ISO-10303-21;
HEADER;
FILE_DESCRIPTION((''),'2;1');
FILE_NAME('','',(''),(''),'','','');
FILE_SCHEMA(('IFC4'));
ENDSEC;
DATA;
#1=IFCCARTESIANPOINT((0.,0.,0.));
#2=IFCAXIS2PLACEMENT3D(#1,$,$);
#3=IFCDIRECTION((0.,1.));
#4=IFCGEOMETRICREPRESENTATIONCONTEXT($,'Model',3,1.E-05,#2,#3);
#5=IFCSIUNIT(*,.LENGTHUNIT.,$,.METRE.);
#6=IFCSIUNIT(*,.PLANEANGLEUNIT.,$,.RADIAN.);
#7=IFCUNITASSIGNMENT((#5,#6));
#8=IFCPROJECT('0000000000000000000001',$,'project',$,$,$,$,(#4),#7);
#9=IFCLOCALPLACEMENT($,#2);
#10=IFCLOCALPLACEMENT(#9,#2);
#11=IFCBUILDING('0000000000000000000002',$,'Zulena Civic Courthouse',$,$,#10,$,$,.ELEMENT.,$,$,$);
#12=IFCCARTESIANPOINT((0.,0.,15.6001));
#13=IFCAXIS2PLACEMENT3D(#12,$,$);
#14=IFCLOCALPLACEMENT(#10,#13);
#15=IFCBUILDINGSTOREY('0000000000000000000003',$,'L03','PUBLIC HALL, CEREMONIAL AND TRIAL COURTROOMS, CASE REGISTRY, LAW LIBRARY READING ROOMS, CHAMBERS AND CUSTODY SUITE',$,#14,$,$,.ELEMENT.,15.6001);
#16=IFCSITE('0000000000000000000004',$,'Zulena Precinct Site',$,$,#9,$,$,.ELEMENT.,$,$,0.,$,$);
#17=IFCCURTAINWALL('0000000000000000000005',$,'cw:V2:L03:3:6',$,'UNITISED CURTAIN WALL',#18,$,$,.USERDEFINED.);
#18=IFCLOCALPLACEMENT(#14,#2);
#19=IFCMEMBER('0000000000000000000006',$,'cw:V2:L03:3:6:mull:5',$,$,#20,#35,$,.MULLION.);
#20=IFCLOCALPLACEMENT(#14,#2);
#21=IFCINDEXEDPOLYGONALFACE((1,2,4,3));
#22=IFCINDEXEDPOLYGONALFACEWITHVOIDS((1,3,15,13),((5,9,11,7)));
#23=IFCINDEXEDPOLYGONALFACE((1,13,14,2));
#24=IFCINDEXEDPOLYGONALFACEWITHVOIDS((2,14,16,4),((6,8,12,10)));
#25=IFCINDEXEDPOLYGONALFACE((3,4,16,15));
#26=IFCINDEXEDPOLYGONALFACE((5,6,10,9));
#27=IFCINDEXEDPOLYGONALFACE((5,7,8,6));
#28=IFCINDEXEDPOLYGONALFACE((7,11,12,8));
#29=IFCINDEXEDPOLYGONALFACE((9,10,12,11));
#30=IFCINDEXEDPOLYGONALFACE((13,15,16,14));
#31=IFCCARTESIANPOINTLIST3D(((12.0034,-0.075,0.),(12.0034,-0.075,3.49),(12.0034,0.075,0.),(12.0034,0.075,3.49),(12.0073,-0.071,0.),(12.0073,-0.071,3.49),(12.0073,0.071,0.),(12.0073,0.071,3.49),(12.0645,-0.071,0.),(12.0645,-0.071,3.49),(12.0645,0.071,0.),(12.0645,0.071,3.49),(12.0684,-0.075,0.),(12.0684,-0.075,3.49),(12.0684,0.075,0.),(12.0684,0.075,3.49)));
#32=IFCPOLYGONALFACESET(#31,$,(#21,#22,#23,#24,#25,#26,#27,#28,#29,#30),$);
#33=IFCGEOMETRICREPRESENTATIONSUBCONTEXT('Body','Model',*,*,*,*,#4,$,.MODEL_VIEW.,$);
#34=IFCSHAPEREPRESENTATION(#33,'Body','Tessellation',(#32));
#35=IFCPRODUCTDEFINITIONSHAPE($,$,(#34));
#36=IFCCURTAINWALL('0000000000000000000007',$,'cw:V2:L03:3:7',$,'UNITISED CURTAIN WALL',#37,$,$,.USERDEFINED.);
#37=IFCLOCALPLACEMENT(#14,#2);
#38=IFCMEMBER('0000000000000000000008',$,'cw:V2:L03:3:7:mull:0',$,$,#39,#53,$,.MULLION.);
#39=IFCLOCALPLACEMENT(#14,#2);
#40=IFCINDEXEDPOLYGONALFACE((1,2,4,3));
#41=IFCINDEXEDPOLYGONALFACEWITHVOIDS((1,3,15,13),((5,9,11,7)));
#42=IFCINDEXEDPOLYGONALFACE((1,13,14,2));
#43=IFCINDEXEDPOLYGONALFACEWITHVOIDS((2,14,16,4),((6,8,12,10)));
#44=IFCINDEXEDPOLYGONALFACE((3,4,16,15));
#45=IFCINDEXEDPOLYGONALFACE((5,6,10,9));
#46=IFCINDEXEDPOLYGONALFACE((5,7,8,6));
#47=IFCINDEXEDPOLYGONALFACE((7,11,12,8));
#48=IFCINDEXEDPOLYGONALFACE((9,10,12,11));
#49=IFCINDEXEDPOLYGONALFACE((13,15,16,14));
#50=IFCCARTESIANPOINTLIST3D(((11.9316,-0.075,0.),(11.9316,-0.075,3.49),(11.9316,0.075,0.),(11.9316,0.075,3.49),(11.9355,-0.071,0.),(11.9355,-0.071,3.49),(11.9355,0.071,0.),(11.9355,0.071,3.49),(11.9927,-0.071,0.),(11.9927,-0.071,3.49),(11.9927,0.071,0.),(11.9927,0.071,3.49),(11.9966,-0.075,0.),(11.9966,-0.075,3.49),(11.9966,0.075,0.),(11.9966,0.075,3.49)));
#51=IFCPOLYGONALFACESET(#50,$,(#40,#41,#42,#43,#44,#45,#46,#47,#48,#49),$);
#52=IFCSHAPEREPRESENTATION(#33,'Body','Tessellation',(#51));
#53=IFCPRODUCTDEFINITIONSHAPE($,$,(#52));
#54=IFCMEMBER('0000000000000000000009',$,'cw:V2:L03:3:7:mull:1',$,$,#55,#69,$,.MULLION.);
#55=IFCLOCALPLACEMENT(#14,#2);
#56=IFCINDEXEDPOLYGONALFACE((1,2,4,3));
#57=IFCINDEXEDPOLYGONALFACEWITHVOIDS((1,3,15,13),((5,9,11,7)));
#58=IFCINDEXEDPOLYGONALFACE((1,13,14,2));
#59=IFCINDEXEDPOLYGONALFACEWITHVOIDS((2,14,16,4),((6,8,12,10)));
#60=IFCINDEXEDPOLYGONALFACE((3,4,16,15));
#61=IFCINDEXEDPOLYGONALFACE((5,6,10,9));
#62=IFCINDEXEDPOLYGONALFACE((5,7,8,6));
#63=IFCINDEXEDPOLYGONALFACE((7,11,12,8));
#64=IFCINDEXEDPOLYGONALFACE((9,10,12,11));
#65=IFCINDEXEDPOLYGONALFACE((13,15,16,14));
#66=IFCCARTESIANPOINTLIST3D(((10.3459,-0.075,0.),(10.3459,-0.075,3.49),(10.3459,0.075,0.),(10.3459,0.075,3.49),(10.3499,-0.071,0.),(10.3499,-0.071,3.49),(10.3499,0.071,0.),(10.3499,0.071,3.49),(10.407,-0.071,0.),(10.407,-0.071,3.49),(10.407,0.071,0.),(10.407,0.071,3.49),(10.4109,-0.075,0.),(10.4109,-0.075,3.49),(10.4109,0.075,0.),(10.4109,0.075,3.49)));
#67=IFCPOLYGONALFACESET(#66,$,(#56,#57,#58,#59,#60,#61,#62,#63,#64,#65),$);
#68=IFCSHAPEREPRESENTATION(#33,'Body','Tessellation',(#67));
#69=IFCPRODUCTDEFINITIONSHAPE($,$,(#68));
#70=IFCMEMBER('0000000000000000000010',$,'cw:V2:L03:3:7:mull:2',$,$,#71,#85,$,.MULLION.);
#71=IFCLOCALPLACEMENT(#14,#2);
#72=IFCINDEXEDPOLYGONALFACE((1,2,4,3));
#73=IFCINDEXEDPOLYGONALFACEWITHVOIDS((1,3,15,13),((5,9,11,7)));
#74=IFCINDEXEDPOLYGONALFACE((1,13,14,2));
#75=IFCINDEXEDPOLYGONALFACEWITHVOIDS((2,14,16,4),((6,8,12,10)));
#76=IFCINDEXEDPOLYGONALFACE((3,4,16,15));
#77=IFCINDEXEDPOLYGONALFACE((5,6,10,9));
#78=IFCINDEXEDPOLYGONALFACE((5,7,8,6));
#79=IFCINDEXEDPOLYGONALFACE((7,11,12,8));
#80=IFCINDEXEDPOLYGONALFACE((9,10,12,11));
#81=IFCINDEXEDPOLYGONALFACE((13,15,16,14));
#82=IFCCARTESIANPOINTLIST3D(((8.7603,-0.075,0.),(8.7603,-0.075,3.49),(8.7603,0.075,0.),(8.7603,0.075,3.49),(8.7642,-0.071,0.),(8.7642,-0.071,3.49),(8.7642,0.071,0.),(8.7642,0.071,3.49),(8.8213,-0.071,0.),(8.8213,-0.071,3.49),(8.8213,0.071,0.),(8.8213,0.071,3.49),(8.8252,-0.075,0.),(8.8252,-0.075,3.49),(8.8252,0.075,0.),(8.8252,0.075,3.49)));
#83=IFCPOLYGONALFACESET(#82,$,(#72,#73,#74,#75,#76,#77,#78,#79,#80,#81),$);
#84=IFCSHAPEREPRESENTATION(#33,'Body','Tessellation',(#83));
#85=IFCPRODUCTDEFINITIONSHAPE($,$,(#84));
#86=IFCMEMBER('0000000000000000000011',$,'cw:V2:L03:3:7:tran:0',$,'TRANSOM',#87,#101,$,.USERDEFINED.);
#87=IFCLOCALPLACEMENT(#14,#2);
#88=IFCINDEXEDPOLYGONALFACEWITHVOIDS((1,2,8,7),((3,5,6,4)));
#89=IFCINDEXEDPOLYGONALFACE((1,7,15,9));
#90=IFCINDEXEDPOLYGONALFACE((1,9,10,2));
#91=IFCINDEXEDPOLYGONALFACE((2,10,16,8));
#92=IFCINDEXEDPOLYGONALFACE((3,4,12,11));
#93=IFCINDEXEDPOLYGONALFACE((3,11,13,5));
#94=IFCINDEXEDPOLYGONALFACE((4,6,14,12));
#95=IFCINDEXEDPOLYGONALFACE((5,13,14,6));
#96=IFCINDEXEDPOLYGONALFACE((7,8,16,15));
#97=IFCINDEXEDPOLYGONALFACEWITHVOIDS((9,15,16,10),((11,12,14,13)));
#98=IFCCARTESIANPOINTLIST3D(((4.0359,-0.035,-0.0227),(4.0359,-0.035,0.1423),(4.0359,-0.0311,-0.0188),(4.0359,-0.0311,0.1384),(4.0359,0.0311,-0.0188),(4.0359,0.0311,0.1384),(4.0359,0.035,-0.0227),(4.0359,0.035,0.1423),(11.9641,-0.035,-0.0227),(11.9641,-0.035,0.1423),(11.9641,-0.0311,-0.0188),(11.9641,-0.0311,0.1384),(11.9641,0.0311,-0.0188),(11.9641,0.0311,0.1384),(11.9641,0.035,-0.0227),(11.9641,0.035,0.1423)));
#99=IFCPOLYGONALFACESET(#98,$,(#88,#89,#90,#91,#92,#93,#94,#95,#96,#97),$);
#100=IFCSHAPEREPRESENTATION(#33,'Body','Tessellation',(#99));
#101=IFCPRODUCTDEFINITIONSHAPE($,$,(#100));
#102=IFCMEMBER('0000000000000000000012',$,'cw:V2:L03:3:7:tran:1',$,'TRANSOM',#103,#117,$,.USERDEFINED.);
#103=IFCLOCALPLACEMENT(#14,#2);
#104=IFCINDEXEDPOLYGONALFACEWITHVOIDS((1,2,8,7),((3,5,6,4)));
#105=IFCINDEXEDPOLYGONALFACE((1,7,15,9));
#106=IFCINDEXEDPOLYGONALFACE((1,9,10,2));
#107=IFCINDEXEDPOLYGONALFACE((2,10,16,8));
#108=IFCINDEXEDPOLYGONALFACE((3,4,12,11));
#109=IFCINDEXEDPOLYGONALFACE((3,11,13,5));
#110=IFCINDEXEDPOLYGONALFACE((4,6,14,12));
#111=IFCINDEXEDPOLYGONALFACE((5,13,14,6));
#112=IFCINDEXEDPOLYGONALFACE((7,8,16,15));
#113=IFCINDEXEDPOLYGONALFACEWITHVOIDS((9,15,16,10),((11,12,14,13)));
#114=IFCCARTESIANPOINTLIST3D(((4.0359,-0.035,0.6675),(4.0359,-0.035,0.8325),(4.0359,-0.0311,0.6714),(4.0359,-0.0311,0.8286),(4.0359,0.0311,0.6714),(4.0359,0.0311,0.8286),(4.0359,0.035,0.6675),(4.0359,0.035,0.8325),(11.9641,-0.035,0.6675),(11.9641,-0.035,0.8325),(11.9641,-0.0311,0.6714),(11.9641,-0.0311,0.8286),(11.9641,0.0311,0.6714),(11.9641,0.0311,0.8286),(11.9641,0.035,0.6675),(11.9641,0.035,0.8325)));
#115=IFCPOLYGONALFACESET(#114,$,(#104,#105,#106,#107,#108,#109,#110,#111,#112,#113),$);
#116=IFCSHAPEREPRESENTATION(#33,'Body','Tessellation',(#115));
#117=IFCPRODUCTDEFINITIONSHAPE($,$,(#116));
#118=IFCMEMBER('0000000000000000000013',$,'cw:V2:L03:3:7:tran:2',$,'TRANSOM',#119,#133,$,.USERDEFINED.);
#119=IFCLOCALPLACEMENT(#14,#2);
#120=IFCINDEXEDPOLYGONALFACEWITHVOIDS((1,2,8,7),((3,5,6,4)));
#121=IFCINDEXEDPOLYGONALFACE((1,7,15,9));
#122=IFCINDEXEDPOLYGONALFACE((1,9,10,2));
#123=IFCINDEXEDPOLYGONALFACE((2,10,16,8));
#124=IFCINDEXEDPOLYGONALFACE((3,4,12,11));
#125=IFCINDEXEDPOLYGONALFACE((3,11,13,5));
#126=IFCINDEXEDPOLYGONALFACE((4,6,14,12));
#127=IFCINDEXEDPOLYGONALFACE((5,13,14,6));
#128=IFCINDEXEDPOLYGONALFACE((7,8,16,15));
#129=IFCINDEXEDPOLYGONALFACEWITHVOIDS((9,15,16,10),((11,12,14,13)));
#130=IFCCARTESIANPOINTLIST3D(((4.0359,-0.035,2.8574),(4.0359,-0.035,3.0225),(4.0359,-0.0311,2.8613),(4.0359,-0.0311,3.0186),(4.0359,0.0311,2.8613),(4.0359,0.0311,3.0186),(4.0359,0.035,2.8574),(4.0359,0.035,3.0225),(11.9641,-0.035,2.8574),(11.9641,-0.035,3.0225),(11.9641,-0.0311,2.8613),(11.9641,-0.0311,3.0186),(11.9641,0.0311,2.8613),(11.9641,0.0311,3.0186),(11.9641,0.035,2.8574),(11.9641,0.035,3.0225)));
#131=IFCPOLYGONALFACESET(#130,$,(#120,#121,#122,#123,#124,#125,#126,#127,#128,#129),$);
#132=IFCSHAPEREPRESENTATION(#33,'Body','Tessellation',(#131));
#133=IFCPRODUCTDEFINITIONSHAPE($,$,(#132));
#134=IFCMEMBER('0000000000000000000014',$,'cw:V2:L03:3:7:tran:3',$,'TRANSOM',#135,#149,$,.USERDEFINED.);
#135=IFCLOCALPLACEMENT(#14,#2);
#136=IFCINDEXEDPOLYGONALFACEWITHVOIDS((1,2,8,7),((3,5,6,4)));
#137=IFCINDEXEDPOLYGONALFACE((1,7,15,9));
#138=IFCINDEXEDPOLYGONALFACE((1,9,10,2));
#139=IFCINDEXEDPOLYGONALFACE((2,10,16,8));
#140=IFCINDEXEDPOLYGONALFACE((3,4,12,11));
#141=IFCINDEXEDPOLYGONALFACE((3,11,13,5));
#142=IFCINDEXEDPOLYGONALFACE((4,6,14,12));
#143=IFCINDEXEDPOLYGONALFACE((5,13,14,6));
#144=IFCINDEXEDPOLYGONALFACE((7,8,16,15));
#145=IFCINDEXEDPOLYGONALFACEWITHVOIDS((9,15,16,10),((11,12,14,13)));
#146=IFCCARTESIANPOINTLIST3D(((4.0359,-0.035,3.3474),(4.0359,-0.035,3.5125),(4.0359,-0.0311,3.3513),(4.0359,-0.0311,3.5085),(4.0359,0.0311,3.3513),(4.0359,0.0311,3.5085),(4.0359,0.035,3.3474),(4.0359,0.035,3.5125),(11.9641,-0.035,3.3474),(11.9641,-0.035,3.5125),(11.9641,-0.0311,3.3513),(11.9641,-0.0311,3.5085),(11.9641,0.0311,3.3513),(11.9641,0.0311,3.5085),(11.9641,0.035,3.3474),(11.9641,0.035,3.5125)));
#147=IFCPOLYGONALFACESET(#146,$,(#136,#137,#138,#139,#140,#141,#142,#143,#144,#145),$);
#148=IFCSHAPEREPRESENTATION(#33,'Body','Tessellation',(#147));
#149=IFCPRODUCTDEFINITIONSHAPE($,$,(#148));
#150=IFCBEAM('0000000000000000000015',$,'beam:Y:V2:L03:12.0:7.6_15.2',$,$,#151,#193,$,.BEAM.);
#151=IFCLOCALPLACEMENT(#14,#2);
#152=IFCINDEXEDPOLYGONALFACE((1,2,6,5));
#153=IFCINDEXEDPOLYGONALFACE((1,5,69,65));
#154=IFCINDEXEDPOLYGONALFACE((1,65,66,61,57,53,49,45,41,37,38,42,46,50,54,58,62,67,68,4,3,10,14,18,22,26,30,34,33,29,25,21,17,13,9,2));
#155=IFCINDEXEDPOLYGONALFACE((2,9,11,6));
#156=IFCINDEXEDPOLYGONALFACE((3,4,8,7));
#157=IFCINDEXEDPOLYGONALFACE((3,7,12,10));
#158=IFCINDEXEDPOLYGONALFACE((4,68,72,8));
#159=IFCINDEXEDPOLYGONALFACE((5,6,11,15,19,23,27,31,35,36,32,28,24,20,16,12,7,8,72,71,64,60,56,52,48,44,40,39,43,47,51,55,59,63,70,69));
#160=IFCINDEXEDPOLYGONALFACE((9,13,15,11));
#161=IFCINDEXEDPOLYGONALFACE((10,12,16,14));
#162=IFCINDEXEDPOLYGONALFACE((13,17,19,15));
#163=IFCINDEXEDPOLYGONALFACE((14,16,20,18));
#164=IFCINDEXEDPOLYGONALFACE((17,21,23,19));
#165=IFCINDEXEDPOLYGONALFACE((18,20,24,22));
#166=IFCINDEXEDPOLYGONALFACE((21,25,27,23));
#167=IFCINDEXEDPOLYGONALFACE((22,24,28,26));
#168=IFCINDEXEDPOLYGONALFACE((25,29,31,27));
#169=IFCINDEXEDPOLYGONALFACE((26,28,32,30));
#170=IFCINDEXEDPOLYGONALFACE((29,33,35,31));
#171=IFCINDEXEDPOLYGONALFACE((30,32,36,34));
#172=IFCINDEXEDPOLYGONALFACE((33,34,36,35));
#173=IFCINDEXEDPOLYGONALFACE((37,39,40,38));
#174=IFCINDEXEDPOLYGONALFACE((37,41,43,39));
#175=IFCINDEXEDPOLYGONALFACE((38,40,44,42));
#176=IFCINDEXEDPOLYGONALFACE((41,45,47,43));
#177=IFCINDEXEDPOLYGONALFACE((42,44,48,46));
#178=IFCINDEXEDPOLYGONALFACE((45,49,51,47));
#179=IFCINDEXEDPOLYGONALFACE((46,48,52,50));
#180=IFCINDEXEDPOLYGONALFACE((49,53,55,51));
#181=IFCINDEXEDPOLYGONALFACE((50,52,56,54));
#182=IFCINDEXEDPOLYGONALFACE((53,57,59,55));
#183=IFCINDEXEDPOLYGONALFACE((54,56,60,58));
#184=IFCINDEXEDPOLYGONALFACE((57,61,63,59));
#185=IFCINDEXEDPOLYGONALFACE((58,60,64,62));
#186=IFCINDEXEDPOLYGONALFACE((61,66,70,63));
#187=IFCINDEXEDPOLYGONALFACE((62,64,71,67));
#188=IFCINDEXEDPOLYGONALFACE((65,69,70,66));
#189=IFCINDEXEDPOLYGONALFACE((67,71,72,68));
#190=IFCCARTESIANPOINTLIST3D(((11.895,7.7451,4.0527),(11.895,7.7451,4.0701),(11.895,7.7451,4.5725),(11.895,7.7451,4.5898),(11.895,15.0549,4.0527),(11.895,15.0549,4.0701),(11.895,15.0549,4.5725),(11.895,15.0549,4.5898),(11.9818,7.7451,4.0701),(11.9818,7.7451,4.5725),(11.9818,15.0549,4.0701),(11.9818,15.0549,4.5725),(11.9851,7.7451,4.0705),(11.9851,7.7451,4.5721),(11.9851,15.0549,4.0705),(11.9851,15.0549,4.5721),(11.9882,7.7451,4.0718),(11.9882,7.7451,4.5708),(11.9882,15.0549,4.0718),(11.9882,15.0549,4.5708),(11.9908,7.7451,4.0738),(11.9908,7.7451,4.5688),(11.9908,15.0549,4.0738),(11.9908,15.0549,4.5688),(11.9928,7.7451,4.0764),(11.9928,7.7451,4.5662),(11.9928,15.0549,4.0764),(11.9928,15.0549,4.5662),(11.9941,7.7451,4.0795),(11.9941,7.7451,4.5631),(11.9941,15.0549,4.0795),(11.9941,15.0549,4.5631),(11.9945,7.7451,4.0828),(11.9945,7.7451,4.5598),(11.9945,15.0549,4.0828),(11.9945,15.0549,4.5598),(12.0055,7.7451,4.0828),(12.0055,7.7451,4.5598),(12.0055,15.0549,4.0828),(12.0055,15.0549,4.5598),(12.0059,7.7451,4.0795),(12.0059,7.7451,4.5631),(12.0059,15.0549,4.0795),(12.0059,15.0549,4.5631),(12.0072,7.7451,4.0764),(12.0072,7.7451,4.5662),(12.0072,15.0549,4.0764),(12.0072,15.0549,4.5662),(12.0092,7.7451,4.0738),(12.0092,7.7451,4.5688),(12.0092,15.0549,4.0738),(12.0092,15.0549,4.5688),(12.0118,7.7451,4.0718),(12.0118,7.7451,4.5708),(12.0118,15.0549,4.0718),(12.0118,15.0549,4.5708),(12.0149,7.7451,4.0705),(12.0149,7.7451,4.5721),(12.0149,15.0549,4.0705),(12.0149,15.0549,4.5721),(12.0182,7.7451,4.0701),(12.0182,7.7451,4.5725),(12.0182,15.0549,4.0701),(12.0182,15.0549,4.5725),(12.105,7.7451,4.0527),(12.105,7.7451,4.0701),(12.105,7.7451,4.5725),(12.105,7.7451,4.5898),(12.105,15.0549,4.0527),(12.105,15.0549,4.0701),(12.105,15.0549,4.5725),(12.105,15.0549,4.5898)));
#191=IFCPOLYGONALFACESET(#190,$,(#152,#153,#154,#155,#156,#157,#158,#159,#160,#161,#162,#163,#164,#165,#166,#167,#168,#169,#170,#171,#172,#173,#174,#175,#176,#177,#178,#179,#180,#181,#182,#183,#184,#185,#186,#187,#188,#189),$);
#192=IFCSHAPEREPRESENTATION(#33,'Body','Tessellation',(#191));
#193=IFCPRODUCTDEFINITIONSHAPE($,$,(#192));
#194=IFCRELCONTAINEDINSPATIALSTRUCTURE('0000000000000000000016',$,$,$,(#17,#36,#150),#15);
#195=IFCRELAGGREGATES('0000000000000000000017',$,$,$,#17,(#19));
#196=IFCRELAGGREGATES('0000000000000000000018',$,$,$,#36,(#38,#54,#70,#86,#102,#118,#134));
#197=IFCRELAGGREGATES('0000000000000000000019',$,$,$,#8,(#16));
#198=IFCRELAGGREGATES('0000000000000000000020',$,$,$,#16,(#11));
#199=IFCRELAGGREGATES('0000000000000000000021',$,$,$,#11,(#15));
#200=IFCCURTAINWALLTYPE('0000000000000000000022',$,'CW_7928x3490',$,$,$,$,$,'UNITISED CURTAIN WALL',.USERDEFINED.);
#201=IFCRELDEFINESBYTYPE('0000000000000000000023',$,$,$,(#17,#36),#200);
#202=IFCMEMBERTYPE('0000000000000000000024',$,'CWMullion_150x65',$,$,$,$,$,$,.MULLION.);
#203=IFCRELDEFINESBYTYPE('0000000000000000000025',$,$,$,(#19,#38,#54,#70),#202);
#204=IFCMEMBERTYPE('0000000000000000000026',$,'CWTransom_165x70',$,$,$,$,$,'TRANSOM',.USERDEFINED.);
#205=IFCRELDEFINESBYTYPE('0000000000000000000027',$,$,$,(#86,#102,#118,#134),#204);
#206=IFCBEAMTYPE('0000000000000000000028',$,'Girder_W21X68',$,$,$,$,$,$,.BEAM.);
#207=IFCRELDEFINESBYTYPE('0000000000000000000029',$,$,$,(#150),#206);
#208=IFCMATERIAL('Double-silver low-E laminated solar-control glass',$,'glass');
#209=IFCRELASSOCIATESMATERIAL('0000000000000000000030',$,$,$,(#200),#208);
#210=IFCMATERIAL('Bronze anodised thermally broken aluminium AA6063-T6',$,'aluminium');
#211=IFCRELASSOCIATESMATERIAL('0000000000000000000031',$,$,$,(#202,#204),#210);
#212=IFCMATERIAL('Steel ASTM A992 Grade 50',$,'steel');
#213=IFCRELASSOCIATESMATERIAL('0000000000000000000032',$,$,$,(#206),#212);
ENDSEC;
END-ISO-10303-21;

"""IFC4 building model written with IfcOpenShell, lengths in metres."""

from ifc_helpers import new_model, si_unit, direction, frame, origin, origin_2d, place, context, subcontext, project, spatial, hollow_rectangle, i_section, extrude, material, material_profile, profile_set, type_object, element, aggregate, save


model = new_model("IFC4")

# Units and contexts
model_context = context("Model", 3, precision=1e-05, world=origin(), true_north=direction((0.0, 1.0)))
body_context = subcontext(model_context, "Body", "Model", "MODEL_VIEW")
ifc_project = project(units=[si_unit("LENGTHUNIT", "METRE"), si_unit("PLANEANGLEUNIT", "RADIAN")], contexts=[model_context])

# Site, building, storey
site_placement = place(None, origin())
site = spatial("IfcSite", under=ifc_project, at=site_placement, Name="Zulena Precinct Site", CompositionType="ELEMENT", RefElevation=0.0)
building_placement = place(site_placement, origin())
building = spatial("IfcBuilding", under=site, at=building_placement, Name="Zulena Civic Courthouse", CompositionType="ELEMENT")
storey_placement = place(building_placement, frame((0.0, 0.0, 15.6001)))
storey = spatial("IfcBuildingStorey", under=building, at=storey_placement, Name="L03", Description="PUBLIC HALL, CEREMONIAL AND TRIAL COURTROOMS, CASE REGISTRY, LAW LIBRARY READING ROOMS, CHAMBERS AND CUSTODY SUITE", CompositionType="ELEMENT", Elevation=15.6001)

# Shared definitions
ifc_material_1 = material(Name="Steel ASTM A992 Grade 50", Category="steel")

# Curtain wall, member
ifc_material_2 = material(Name="Double-silver low-E laminated solar-control glass", Category="glass")
curtain_wall_type = type_object("IfcCurtainWallType", Name="CW_7928x3490", ElementType="UNITISED CURTAIN WALL", PredefinedType="USERDEFINED", material=ifc_material_2)
curtain_wall_1_placement = place(storey_placement, origin())
curtain_wall_1 = element("IfcCurtainWall", 1, at=curtain_wall_1_placement, inside=storey, type_object=curtain_wall_type, Name="cw:V2:L03:3:6", ObjectType="UNITISED CURTAIN WALL", PredefinedType="USERDEFINED")
ifc_material_3 = material(Name="Bronze anodised thermally broken aluminium AA6063-T6", Category="aluminium")
ifc_material_profile_1 = material_profile(ifc_material_3, hollow_rectangle(XDim=0.0649, YDim=0.1499, WallThickness=0.0039, at=origin_2d()), Name="CWM150X65X4")
ifc_profile_set_1 = profile_set([ifc_material_profile_1], Name="Bronze anodised thermally broken aluminium AA6063-T6")
member_type_1 = type_object("IfcMemberType", Name="CWMullion_150x65", PredefinedType="MULLION", material=ifc_profile_set_1)
member_1_placement = place(storey_placement, frame((12.0359, 0.0, 0.0), z_axis=(0.0, 0.0, 1.0), x_axis=(1.0, 0.0, 0.0)))
member_1 = element("IfcMember", 2, at=member_1_placement, type_object=member_type_1, Name="cw:V2:L03:3:6:mull:5", PredefinedType="MULLION", context=body_context, shape_type="SweptSolid", body=[
    extrude(hollow_rectangle(XDim=0.0649, YDim=0.1499, WallThickness=0.0039, at=origin_2d()), origin(), (0.0, 0.0, 1.0), 3.49),
])
aggregate(curtain_wall_1, [member_1])

# Curtain wall, members
curtain_wall_2_placement = place(storey_placement, origin())
curtain_wall_2 = element("IfcCurtainWall", 3, at=curtain_wall_2_placement, inside=storey, type_object=curtain_wall_type, Name="cw:V2:L03:3:7", ObjectType="UNITISED CURTAIN WALL", PredefinedType="USERDEFINED")
member_2_placement = place(storey_placement, frame((11.9641, 0.0, 0.0), z_axis=(0.0, 0.0, 1.0), x_axis=(1.0, 0.0, 0.0)))
member_2 = element("IfcMember", 4, at=member_2_placement, type_object=member_type_1, Name="cw:V2:L03:3:7:mull:0", PredefinedType="MULLION", context=body_context, shape_type="SweptSolid", body=[
    extrude(hollow_rectangle(XDim=0.0649, YDim=0.1499, WallThickness=0.0039, at=origin_2d()), origin(), (0.0, 0.0, 1.0), 3.49),
])
member_3_placement = place(storey_placement, frame((10.3784, 0.0, 0.0), z_axis=(0.0, 0.0, 1.0), x_axis=(1.0, 0.0, 0.0)))
member_3 = element("IfcMember", 5, at=member_3_placement, type_object=member_type_1, Name="cw:V2:L03:3:7:mull:1", PredefinedType="MULLION", context=body_context, shape_type="SweptSolid", body=[
    extrude(hollow_rectangle(XDim=0.0649, YDim=0.1499, WallThickness=0.0039, at=origin_2d()), origin(), (0.0, 0.0, 1.0), 3.49),
])
member_4_placement = place(storey_placement, frame((8.7927, 0.0, 0.0), z_axis=(0.0, 0.0, 1.0), x_axis=(1.0, 0.0, 0.0)))
member_4 = element("IfcMember", 6, at=member_4_placement, type_object=member_type_1, Name="cw:V2:L03:3:7:mull:2", PredefinedType="MULLION", context=body_context, shape_type="SweptSolid", body=[
    extrude(hollow_rectangle(XDim=0.0649, YDim=0.1499, WallThickness=0.0039, at=origin_2d()), origin(), (0.0, 0.0, 1.0), 3.49),
])
ifc_material_profile_2 = material_profile(ifc_material_3, hollow_rectangle(XDim=0.0701, YDim=0.165, WallThickness=0.0039, at=origin_2d()), Name="CWT165X70X4")
ifc_profile_set_2 = profile_set([ifc_material_profile_2], Name="Bronze anodised thermally broken aluminium AA6063-T6")
member_type_2 = type_object("IfcMemberType", Name="CWTransom_165x70", ElementType="TRANSOM", PredefinedType="USERDEFINED", material=ifc_profile_set_2)
member_5_placement = place(storey_placement, frame((11.9641, 0.0, 0.0598), z_axis=(-1.0, 0.0, 0.0), x_axis=(0.0, -1.0, 0.0)))
member_5 = element("IfcMember", 7, at=member_5_placement, type_object=member_type_2, Name="cw:V2:L03:3:7:tran:0", ObjectType="TRANSOM", PredefinedType="USERDEFINED", context=body_context, shape_type="SweptSolid", body=[
    extrude(hollow_rectangle(XDim=0.0701, YDim=0.165, WallThickness=0.0039, at=origin_2d()), origin(), (0.0, 0.0, 1.0), 7.9282),
])
member_6_placement = place(storey_placement, frame((11.9641, 0.0, 0.75), z_axis=(-1.0, 0.0, 0.0), x_axis=(0.0, -1.0, 0.0)))
member_6 = element("IfcMember", 8, at=member_6_placement, type_object=member_type_2, Name="cw:V2:L03:3:7:tran:1", ObjectType="TRANSOM", PredefinedType="USERDEFINED", context=body_context, shape_type="SweptSolid", body=[
    extrude(hollow_rectangle(XDim=0.0701, YDim=0.165, WallThickness=0.0039, at=origin_2d()), origin(), (0.0, 0.0, 1.0), 7.9282),
])
member_7_placement = place(storey_placement, frame((11.9641, 0.0, 2.9399), z_axis=(-1.0, 0.0, 0.0), x_axis=(0.0, -1.0, 0.0)))
member_7 = element("IfcMember", 9, at=member_7_placement, type_object=member_type_2, Name="cw:V2:L03:3:7:tran:2", ObjectType="TRANSOM", PredefinedType="USERDEFINED", context=body_context, shape_type="SweptSolid", body=[
    extrude(hollow_rectangle(XDim=0.0701, YDim=0.165, WallThickness=0.0039, at=origin_2d()), origin(), (0.0, 0.0, 1.0), 7.9282),
])
member_8_placement = place(storey_placement, frame((11.9641, 0.0, 3.4299), z_axis=(-1.0, 0.0, 0.0), x_axis=(0.0, -1.0, 0.0)))
member_8 = element("IfcMember", 10, at=member_8_placement, type_object=member_type_2, Name="cw:V2:L03:3:7:tran:3", ObjectType="TRANSOM", PredefinedType="USERDEFINED", context=body_context, shape_type="SweptSolid", body=[
    extrude(hollow_rectangle(XDim=0.0701, YDim=0.165, WallThickness=0.0039, at=origin_2d()), origin(), (0.0, 0.0, 1.0), 7.9282),
])

# Beam
ifc_material_profile_3 = material_profile(ifc_material_1, i_section(OverallWidth=0.21, OverallDepth=0.5371, WebThickness=0.011, FlangeThickness=0.0173, FilletRadius=0.0127, at=origin_2d()), Name="W21X68")
ifc_profile_set_3 = profile_set([ifc_material_profile_3], Name="Steel ASTM A992 Grade 50")
beam_type_1 = type_object("IfcBeamType", Name="Girder_W21X68", PredefinedType="BEAM", material=ifc_profile_set_3)
beam_1_placement = place(storey_placement, frame((12.0, 7.7451, 4.3213), z_axis=(0.0, 1.0, 0.0), x_axis=(-1.0, 0.0, 0.0)))
element("IfcBeam", 11, at=beam_1_placement, inside=storey, type_object=beam_type_1, Name="beam:Y:V2:L03:12.0:7.6_15.2", PredefinedType="BEAM", context=body_context, shape_type="SweptSolid", body=[
    extrude(i_section(OverallWidth=0.21, OverallDepth=0.5371, WebThickness=0.011, FlangeThickness=0.0173, FilletRadius=0.0127, at=origin_2d()), origin(), (0.0, 0.0, 1.0), 7.3098),
])

aggregate(curtain_wall_2, [member_2, member_3, member_4, member_5, member_6, member_7, member_8])

save(model, "model.ifc")
